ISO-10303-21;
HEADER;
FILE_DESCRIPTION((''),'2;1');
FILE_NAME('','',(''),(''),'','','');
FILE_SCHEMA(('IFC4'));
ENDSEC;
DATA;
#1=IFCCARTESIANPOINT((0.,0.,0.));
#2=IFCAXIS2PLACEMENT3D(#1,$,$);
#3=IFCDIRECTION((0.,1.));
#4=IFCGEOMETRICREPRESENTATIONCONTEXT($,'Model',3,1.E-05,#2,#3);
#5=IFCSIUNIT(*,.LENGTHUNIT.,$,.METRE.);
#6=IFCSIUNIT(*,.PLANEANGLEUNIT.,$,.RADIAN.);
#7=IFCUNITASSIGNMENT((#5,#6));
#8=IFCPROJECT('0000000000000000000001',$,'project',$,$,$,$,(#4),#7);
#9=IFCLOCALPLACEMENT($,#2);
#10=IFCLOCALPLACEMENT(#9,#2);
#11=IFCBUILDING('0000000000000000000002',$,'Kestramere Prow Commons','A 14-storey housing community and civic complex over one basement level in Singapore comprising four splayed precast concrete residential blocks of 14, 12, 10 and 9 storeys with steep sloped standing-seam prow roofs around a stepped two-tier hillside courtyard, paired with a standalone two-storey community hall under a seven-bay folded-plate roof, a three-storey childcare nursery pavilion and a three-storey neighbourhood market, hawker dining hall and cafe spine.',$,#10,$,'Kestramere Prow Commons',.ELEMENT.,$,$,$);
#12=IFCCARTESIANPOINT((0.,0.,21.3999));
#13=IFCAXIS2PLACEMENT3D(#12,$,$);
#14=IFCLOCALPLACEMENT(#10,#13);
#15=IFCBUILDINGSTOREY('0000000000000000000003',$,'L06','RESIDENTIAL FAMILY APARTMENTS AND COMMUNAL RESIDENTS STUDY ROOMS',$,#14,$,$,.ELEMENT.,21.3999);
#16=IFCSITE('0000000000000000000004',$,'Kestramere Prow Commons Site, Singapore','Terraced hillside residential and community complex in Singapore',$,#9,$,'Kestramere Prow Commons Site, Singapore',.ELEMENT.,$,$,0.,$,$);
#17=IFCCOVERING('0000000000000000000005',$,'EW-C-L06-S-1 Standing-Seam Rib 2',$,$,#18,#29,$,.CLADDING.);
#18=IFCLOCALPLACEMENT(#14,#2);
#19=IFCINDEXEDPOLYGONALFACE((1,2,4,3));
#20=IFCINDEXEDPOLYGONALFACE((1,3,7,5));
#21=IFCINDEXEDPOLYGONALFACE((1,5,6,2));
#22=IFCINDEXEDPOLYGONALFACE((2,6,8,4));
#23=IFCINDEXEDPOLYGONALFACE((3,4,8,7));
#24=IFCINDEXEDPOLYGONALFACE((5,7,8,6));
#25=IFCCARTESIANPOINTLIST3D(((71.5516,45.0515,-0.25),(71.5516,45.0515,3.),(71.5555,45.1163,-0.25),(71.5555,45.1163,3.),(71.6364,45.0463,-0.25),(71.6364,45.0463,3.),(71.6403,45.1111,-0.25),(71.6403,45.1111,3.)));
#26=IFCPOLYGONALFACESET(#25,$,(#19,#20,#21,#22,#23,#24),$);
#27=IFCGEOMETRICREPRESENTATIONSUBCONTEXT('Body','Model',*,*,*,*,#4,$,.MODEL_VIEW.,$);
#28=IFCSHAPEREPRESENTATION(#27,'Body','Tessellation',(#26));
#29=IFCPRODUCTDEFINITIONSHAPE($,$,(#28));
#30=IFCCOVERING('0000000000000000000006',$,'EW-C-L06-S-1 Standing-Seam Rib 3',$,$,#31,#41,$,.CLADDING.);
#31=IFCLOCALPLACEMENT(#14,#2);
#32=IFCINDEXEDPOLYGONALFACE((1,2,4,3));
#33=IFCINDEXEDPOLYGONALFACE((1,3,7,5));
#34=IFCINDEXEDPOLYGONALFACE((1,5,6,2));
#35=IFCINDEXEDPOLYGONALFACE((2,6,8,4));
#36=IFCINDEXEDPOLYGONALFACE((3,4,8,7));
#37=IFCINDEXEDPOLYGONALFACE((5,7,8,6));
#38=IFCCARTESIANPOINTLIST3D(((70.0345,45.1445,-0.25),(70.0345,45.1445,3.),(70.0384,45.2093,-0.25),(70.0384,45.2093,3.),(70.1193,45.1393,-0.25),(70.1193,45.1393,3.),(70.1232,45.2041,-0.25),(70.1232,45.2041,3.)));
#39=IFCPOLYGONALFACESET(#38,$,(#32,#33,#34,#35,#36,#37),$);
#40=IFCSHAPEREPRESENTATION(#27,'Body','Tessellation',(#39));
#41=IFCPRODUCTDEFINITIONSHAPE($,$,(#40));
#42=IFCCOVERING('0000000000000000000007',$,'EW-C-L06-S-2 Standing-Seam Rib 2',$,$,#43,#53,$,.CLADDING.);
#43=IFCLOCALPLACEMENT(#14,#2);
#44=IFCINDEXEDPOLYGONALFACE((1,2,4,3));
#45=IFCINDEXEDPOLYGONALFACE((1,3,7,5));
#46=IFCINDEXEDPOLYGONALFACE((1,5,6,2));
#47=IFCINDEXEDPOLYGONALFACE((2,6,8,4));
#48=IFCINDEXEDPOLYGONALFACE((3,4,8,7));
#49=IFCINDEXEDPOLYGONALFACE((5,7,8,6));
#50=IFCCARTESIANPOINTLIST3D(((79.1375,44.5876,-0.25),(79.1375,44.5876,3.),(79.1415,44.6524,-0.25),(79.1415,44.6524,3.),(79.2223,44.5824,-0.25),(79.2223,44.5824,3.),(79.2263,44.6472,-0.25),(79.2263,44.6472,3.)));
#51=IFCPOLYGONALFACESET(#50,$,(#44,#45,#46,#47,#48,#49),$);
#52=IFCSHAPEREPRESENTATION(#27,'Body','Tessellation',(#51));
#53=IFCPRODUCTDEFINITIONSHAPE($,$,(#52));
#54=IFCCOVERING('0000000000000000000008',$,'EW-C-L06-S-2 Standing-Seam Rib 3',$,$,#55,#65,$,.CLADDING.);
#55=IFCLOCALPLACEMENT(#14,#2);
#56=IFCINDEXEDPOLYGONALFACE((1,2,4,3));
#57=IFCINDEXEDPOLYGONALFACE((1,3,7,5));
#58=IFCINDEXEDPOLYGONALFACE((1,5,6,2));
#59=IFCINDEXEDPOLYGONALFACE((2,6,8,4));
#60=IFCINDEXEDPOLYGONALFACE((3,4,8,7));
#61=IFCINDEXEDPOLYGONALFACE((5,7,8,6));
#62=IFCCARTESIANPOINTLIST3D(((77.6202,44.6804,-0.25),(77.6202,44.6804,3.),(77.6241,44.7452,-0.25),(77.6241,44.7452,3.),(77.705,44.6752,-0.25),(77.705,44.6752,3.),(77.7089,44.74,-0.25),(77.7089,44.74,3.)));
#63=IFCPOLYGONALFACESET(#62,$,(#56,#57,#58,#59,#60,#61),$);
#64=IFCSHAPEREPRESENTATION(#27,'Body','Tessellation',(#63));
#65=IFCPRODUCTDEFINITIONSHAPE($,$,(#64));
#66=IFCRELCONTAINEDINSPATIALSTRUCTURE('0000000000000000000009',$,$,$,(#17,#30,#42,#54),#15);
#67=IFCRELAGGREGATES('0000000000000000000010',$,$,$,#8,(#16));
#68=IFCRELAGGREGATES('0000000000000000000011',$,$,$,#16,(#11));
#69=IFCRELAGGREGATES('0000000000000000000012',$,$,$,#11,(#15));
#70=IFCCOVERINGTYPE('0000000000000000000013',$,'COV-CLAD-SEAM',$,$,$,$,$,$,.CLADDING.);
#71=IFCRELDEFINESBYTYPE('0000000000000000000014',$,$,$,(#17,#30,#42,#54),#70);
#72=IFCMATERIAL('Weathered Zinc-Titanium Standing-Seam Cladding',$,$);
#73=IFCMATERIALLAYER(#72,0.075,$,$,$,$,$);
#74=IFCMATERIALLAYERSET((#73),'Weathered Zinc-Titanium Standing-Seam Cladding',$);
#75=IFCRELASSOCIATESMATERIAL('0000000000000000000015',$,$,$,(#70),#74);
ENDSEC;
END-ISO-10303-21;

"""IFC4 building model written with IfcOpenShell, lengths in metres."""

from ifc_helpers import new_model, si_unit, direction, frame, origin, origin_2d, place, context, subcontext, project, spatial, rectangle, extrude, material, layer, layer_set, type_object, element, save


model = new_model("IFC4")

# Units and contexts
model_context = context("Model", 3, precision=1e-05, world=origin(), true_north=direction((0.0, 1.0)))
body_context = subcontext(model_context, "Body", "Model", "MODEL_VIEW")
ifc_project = project(units=[si_unit("LENGTHUNIT", "METRE"), si_unit("PLANEANGLEUNIT", "RADIAN")], contexts=[model_context])

# Site, building, storey
site_placement = place(None, origin())
site = spatial("IfcSite", under=ifc_project, at=site_placement, Name="Kestramere Prow Commons Site, Singapore", Description="Terraced hillside residential and community complex in Singapore", LongName="Kestramere Prow Commons Site, Singapore", CompositionType="ELEMENT", RefElevation=0.0)
building_placement = place(site_placement, origin())
building = spatial("IfcBuilding", under=site, at=building_placement, Name="Kestramere Prow Commons", Description="A 14-storey housing community and civic complex over one basement level in Singapore comprising four splayed precast concrete residential blocks of 14, 12, 10 and 9 storeys with steep sloped standing-seam prow roofs around a stepped two-tier hillside courtyard, paired with a standalone two-storey community hall under a seven-bay folded-plate roof, a three-storey childcare nursery pavilion and a three-storey neighbourhood market, hawker dining hall and cafe spine.", LongName="Kestramere Prow Commons", CompositionType="ELEMENT")
storey_placement = place(building_placement, frame((0.0, 0.0, 21.3999)))
storey = spatial("IfcBuildingStorey", under=building, at=storey_placement, Name="L06", Description="RESIDENTIAL FAMILY APARTMENTS AND COMMUNAL RESIDENTS STUDY ROOMS", CompositionType="ELEMENT", Elevation=21.3999)

# Coverings
ifc_material_1 = material(Name="Weathered Zinc-Titanium Standing-Seam Cladding")
ifc_layer_1 = layer(ifc_material_1, 0.075)
ifc_layer_set_1 = layer_set([ifc_layer_1], Name="Weathered Zinc-Titanium Standing-Seam Cladding")
covering_type = type_object("IfcCoveringType", Name="COV-CLAD-SEAM", PredefinedType="CLADDING", material=ifc_layer_set_1)
for number, where, z_axis, x_axis, name in (
    (1, (71.5959, 45.0813, -0.25), (0.0, 0.0, 1.0), (-0.998135, 0.061049, 0.0), "EW-C-L06-S-1 Standing-Seam Rib 2"),
    (2, (70.0789, 45.1743, -0.25), (0.0, 0.0, 1.0), (-0.998135, 0.061049, 0.0), "EW-C-L06-S-1 Standing-Seam Rib 3"),
    (3, (79.1819, 44.6174, -0.25), (0.0, 0.0, 1.0), (-0.998135, 0.061049, 0.0), "EW-C-L06-S-2 Standing-Seam Rib 2"),
    (4, (77.6646, 44.7102, -0.25), (0.0, 0.0, 1.0), (-0.998135, 0.061049, 0.0), "EW-C-L06-S-2 Standing-Seam Rib 3"),
):
    element("IfcCovering", number, at=place(storey_placement, frame(where, z_axis=z_axis, x_axis=x_axis)), inside=storey, type_object=covering_type, Name=name, PredefinedType="CLADDING", context=body_context, shape_type="SweptSolid", body=[
        extrude(rectangle(XDim=0.085, YDim=0.0649, at=origin_2d()), origin(), (0.0, 0.0, 1.0), 3.25),
    ])

save(model, "model.ifc")
